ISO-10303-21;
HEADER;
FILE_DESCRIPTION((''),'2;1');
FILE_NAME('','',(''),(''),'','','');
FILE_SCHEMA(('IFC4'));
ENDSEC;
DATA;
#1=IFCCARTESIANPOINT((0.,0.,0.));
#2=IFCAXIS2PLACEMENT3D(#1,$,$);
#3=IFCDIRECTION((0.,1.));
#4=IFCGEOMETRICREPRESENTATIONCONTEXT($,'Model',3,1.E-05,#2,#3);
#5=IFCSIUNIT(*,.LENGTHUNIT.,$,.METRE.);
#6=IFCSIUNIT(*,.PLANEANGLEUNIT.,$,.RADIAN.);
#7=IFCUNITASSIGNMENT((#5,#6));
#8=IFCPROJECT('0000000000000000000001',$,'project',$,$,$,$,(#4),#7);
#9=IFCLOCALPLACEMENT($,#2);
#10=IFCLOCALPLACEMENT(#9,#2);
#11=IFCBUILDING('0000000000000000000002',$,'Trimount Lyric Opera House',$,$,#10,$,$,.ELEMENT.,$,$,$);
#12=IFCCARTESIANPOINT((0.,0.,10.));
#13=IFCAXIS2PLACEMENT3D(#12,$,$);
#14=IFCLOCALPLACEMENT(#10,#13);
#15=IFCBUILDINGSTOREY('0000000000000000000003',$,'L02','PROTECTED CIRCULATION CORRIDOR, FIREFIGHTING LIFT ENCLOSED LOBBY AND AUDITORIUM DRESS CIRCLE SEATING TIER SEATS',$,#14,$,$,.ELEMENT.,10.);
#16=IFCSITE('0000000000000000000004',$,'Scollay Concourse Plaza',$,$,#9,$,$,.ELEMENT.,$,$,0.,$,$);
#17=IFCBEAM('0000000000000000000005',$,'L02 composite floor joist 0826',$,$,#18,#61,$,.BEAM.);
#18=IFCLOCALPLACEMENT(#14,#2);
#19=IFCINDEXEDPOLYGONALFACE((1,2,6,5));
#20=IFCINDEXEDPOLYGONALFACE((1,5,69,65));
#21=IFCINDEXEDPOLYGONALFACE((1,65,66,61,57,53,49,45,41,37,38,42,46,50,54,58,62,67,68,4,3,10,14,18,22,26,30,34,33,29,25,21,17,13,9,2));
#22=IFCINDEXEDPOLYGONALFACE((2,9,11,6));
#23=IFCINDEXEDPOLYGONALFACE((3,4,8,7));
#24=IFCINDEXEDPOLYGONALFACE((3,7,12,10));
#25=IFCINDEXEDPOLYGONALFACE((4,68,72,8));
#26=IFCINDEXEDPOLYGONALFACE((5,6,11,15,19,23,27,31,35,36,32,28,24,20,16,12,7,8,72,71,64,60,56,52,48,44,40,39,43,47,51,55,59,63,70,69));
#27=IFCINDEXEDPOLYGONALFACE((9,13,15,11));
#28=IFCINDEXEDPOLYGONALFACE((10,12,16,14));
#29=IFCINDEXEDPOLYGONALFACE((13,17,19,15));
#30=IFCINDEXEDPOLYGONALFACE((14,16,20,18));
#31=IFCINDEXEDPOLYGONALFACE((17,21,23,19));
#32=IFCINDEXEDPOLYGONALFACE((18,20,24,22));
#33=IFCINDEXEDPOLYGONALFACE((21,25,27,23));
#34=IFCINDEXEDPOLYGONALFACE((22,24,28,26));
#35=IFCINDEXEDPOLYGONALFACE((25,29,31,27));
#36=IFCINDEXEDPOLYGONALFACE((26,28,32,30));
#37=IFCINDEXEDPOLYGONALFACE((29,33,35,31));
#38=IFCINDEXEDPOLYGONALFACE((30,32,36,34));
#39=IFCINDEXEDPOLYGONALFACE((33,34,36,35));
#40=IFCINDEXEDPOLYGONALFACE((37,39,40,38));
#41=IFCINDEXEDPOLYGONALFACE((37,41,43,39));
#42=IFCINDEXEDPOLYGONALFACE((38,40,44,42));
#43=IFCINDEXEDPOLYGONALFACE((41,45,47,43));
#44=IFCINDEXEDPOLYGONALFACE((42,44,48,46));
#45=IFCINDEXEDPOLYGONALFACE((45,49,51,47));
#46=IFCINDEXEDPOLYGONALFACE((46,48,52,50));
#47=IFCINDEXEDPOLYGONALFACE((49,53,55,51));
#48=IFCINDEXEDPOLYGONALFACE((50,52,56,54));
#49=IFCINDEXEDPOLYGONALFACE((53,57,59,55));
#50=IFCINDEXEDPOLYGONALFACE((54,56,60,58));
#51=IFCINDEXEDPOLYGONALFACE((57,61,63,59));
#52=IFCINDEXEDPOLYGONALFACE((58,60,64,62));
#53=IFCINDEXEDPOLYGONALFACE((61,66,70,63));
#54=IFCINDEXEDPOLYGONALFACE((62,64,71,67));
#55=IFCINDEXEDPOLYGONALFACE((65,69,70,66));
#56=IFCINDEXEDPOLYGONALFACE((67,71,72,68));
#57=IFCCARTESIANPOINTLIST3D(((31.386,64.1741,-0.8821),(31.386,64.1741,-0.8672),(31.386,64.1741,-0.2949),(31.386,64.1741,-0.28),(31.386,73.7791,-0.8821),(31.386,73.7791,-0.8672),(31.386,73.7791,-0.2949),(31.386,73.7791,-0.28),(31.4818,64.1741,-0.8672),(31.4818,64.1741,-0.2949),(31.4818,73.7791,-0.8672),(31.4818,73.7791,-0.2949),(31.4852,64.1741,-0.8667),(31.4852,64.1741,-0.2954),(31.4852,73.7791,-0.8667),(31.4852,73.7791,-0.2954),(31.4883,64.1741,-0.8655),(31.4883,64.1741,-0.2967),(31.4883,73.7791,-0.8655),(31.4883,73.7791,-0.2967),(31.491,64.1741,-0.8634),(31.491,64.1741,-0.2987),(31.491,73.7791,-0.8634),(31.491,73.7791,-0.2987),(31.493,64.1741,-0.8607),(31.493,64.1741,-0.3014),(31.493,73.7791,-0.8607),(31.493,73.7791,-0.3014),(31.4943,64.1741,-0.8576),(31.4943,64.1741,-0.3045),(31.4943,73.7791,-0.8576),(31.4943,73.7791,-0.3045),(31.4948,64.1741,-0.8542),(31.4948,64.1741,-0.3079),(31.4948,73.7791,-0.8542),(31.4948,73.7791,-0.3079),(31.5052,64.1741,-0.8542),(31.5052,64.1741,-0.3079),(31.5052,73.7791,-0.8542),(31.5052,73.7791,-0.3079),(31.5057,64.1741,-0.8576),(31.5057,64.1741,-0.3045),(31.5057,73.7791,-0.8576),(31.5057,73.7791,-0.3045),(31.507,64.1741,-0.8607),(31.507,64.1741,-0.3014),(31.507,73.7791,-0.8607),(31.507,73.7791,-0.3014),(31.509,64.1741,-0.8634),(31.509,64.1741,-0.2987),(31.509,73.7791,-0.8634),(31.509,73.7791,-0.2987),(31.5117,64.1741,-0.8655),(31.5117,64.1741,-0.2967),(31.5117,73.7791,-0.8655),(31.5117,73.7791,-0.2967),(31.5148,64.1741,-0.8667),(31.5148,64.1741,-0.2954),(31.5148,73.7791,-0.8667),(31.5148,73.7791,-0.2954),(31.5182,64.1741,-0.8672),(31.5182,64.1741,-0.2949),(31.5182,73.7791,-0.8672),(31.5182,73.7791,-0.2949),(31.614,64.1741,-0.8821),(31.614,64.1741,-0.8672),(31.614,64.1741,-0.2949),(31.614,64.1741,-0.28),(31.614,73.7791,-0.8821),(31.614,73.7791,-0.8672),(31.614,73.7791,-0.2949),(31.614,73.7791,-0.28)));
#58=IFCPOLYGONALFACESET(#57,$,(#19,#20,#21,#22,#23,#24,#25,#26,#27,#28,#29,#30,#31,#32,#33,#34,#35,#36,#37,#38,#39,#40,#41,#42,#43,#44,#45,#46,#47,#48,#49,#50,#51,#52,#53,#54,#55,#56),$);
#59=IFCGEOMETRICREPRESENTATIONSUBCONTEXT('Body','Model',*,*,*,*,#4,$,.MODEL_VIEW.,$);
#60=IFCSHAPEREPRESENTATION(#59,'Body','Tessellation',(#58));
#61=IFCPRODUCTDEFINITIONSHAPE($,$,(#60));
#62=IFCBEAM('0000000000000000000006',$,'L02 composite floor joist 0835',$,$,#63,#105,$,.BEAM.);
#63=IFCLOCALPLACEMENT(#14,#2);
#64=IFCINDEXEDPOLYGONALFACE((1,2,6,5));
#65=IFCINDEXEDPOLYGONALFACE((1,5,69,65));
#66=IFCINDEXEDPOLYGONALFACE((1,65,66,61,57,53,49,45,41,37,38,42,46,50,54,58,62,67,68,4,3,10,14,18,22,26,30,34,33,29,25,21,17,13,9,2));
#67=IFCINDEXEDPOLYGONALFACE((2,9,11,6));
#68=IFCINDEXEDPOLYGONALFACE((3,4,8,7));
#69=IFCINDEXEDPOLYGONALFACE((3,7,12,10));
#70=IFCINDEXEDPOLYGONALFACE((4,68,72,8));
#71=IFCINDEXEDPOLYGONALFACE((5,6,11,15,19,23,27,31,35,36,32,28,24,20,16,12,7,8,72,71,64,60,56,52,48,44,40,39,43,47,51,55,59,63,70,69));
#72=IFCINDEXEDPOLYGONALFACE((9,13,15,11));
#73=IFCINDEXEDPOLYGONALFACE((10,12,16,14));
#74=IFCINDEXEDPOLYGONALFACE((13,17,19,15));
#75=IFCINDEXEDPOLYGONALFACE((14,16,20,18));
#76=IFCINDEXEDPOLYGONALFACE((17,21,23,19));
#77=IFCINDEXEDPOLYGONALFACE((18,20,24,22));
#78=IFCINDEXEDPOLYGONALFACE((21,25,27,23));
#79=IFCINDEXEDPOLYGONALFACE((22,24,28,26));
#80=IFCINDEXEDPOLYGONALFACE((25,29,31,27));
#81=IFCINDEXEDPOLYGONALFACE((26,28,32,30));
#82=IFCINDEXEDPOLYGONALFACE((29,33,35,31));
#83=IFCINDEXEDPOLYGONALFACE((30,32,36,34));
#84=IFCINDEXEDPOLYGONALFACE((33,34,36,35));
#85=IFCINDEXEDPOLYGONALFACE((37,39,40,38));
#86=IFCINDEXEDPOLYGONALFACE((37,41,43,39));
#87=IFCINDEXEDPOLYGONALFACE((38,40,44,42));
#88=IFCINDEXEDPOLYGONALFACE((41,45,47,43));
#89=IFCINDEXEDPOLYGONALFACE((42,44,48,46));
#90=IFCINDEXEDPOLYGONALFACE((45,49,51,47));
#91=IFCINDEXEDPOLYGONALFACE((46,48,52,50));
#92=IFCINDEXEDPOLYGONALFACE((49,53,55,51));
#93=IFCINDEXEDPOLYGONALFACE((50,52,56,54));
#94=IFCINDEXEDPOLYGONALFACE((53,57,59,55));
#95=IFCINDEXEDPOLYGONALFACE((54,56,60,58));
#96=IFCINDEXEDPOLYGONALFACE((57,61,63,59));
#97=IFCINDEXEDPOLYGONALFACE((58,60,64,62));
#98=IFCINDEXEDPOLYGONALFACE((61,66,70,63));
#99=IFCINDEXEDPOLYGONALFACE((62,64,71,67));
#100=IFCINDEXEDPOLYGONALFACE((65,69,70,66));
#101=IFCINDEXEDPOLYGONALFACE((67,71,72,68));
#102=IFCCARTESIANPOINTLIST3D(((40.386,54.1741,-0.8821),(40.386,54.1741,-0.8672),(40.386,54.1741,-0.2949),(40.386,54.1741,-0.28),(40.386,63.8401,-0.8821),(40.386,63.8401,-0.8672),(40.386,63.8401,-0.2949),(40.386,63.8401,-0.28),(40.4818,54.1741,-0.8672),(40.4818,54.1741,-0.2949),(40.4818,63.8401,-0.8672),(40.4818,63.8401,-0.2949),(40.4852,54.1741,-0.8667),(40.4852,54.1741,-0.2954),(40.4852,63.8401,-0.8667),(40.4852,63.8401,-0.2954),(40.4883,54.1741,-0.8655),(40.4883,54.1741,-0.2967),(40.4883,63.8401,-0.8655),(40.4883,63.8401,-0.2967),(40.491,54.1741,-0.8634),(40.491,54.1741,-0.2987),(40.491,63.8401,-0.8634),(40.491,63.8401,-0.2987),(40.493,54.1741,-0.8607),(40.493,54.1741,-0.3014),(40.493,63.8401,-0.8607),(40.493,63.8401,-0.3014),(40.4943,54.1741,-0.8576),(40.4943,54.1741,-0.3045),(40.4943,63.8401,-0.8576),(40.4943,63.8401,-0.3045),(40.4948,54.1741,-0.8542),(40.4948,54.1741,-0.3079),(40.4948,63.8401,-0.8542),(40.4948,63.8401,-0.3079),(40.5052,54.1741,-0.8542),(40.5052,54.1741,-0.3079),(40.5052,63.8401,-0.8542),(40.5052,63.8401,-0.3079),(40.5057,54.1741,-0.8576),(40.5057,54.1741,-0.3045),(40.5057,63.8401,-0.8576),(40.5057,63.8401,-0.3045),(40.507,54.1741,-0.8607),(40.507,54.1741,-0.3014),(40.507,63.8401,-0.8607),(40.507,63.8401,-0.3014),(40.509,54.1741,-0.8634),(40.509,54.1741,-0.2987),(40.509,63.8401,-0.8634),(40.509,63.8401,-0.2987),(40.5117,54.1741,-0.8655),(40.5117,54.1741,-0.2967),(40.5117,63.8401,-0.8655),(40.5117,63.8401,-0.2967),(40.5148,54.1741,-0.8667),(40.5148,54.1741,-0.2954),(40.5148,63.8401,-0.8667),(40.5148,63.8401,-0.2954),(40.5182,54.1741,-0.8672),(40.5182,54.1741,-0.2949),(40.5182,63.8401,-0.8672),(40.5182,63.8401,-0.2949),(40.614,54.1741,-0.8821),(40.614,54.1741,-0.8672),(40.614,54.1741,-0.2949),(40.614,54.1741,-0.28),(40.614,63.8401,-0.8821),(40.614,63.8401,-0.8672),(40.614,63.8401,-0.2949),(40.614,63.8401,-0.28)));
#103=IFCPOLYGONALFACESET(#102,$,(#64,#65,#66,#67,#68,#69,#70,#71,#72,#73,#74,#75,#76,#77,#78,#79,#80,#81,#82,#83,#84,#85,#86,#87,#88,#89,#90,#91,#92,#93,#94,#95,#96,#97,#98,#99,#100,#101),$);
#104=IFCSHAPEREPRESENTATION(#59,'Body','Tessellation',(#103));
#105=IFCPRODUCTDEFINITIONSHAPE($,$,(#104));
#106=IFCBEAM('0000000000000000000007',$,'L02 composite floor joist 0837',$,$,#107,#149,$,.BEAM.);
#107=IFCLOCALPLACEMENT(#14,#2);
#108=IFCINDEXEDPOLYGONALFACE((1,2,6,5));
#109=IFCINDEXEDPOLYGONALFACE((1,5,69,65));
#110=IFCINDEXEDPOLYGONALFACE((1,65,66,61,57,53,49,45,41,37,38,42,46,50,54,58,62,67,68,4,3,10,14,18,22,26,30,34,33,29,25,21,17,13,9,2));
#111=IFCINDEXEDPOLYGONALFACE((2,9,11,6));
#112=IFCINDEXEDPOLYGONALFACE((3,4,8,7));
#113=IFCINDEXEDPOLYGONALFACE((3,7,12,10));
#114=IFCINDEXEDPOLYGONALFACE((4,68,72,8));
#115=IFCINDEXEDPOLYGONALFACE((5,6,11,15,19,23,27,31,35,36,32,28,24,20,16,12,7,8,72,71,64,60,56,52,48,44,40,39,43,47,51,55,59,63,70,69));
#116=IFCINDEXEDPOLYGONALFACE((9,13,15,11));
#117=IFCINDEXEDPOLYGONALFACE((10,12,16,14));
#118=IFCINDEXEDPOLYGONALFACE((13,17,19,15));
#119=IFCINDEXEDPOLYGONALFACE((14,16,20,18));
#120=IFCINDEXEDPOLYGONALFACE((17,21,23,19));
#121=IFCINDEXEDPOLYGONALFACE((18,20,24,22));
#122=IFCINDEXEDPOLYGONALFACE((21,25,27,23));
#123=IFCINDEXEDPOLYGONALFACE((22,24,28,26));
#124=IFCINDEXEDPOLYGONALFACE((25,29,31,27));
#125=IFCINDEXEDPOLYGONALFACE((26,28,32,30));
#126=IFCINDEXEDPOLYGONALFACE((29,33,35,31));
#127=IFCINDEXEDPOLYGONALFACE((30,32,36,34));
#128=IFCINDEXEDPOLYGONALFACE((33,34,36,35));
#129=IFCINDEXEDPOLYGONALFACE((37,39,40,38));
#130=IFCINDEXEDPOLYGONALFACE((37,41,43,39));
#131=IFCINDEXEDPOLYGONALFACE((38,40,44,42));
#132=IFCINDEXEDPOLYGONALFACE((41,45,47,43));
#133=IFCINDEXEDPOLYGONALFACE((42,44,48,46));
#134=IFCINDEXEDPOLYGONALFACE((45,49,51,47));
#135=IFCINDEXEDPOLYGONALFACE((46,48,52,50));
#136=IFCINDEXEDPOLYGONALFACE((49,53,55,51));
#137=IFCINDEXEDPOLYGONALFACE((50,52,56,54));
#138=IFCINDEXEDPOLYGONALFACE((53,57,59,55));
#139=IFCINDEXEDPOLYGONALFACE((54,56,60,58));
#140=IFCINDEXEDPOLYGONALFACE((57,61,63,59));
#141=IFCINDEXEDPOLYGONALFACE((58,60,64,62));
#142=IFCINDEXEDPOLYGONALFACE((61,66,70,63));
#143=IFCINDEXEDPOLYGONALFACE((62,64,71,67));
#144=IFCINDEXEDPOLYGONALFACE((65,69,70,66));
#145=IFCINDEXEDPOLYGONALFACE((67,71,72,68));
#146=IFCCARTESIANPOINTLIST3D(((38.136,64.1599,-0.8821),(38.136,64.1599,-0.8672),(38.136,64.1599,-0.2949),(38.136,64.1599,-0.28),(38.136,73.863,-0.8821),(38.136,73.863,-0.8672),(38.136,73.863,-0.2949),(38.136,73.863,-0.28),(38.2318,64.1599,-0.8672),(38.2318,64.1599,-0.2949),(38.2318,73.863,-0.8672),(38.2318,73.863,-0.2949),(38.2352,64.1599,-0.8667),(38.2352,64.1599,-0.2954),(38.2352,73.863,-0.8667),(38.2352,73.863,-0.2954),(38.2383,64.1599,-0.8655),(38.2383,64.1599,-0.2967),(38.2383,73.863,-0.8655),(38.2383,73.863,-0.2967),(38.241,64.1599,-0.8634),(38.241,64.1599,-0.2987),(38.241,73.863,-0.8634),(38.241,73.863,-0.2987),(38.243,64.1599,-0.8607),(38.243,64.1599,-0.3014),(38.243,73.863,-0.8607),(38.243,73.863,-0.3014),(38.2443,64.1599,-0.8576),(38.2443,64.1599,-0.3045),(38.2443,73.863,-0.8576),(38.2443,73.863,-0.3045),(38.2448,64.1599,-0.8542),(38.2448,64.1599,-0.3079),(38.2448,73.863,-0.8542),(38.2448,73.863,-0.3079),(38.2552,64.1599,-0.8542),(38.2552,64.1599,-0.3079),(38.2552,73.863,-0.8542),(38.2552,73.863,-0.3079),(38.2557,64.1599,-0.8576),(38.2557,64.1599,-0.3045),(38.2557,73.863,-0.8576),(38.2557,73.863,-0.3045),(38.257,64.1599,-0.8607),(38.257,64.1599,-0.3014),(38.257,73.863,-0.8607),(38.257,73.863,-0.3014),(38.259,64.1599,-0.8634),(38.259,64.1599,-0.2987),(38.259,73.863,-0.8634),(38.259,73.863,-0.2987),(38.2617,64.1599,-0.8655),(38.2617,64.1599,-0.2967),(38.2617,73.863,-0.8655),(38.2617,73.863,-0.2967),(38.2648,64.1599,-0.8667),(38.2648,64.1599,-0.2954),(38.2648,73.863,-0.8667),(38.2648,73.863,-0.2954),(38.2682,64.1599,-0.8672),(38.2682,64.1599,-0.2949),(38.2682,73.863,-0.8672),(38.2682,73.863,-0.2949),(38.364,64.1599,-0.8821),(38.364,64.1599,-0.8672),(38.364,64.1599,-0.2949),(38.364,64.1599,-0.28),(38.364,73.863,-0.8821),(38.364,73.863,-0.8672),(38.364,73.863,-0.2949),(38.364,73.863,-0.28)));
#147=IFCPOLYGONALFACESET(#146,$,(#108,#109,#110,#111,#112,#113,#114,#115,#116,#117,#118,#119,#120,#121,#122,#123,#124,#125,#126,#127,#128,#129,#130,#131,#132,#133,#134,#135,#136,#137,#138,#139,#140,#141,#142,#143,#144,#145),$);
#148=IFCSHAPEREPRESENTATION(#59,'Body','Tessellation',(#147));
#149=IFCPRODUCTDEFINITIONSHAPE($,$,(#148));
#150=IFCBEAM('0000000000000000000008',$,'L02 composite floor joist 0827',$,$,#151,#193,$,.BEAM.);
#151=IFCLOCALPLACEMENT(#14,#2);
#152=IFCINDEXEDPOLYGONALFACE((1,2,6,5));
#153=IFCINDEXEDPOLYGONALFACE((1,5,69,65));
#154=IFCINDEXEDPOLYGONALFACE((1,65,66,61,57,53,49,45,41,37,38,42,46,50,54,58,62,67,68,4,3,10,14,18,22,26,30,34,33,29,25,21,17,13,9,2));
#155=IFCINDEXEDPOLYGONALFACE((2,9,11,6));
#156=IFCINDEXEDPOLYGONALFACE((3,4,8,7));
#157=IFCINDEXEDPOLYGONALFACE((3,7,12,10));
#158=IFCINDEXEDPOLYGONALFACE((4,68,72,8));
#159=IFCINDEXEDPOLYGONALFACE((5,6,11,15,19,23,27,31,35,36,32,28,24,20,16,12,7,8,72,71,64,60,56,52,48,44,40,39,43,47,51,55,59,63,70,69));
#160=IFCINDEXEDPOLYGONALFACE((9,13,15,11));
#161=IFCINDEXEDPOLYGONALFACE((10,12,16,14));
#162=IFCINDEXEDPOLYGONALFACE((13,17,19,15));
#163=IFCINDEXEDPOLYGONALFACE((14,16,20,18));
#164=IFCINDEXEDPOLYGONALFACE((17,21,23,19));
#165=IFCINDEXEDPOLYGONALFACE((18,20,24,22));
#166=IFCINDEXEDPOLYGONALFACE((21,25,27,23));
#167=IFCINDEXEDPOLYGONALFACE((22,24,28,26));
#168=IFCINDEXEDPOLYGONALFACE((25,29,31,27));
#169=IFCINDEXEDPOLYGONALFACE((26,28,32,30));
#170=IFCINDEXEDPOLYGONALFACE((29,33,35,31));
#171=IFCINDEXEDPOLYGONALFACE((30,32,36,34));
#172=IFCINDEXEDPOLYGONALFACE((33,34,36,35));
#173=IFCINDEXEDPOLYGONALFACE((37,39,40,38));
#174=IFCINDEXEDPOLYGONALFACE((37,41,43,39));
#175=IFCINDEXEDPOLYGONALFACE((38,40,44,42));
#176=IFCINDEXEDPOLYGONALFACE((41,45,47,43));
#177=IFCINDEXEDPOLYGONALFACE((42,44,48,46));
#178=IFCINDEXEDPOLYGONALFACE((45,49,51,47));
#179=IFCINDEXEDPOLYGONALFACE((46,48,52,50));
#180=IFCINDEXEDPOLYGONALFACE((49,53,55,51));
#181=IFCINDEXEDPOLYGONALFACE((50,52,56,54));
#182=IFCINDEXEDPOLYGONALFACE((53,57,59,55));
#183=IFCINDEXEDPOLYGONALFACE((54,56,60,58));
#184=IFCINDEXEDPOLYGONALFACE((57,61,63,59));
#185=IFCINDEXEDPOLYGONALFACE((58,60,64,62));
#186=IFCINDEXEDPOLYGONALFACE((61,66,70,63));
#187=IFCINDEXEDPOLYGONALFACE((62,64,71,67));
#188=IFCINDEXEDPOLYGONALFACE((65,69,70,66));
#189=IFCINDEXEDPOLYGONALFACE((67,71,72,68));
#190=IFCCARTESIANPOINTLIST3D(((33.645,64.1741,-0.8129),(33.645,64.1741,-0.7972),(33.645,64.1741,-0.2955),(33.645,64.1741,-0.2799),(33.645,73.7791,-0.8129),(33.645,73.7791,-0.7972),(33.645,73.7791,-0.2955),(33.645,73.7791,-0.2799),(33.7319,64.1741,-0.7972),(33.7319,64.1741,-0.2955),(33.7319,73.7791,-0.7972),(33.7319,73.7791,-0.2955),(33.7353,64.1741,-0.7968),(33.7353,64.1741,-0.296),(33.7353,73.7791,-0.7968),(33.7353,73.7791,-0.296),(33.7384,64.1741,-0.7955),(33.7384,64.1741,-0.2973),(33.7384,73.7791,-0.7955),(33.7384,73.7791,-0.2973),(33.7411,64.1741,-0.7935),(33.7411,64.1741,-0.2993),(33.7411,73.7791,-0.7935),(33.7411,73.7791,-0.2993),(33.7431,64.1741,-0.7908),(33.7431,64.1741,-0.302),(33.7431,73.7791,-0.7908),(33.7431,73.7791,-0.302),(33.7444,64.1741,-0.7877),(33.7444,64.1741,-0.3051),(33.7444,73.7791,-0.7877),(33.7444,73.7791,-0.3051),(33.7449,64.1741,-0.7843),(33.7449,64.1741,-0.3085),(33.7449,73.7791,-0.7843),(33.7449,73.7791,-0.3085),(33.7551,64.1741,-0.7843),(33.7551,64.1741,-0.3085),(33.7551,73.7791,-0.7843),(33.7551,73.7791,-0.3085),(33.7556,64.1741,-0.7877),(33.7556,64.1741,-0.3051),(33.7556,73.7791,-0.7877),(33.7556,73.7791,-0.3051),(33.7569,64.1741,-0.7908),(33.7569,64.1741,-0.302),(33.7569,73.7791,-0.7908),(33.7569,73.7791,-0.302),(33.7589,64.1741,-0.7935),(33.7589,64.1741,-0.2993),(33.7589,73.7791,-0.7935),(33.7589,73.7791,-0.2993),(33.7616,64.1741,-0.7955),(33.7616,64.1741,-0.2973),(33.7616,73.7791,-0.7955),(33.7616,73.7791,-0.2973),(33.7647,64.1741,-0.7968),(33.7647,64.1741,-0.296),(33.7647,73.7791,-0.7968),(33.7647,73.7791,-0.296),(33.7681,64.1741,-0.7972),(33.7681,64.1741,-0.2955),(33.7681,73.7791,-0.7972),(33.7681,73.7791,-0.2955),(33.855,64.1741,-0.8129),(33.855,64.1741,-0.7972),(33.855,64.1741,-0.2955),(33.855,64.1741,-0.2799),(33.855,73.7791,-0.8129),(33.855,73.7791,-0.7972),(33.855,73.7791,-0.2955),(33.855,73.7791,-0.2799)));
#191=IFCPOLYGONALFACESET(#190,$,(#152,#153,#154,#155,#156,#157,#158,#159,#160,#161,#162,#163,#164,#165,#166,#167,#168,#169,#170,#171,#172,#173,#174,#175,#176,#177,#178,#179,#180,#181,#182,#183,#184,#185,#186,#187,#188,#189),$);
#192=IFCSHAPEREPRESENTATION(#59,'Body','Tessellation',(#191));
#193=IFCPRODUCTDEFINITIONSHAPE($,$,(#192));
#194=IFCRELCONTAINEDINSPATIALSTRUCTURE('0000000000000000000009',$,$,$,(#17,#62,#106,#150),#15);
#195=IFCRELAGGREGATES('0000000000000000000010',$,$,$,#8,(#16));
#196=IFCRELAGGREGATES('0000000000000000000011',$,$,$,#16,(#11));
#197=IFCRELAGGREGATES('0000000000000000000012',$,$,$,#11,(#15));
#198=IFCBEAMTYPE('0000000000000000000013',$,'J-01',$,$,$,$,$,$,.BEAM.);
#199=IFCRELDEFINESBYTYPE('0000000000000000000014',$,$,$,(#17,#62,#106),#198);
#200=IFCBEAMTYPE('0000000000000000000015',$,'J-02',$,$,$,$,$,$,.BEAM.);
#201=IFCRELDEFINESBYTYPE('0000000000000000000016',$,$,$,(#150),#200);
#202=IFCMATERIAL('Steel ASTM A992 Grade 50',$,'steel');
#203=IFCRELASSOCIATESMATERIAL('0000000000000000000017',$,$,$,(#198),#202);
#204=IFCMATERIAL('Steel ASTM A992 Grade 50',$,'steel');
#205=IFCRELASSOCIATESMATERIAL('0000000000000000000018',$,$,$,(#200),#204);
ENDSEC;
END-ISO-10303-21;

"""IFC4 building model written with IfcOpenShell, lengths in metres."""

from ifc_helpers import new_model, si_unit, direction, frame, origin, origin_2d, place, context, subcontext, project, spatial, i_section, extrude, material, material_profile, profile_set, type_object, element, save


model = new_model("IFC4")

# Units and contexts
model_context = context("Model", 3, precision=1e-05, world=origin(), true_north=direction((0.0, 1.0)))
body_context = subcontext(model_context, "Body", "Model", "MODEL_VIEW")
ifc_project = project(units=[si_unit("LENGTHUNIT", "METRE"), si_unit("PLANEANGLEUNIT", "RADIAN")], contexts=[model_context])

# Site, building, storey
site_placement = place(None, origin())
site = spatial("IfcSite", under=ifc_project, at=site_placement, Name="Scollay Concourse Plaza", CompositionType="ELEMENT", RefElevation=0.0)
building_placement = place(site_placement, origin())
building = spatial("IfcBuilding", under=site, at=building_placement, Name="Trimount Lyric Opera House", CompositionType="ELEMENT")
storey_placement = place(building_placement, frame((0.0, 0.0, 10.0)))
storey = spatial("IfcBuildingStorey", under=building, at=storey_placement, Name="L02", Description="PROTECTED CIRCULATION CORRIDOR, FIREFIGHTING LIFT ENCLOSED LOBBY AND AUDITORIUM DRESS CIRCLE SEATING TIER SEATS", CompositionType="ELEMENT", Elevation=10.0)

# Beams
ifc_material_1 = material(Name="Steel ASTM A992 Grade 50", Category="steel")
ifc_material_profile_1 = material_profile(ifc_material_1, i_section(OverallWidth=0.228, OverallDepth=0.6021, WebThickness=0.0105, FlangeThickness=0.0149, FilletRadius=0.0129, at=origin_2d()), Name="W24X68")
ifc_profile_set_1 = profile_set([ifc_material_profile_1], Name="Steel ASTM A992 Grade 50")
beam_type_1 = type_object("IfcBeamType", Name="J-01", PredefinedType="BEAM", material=ifc_profile_set_1)
beam_1_placement = place(storey_placement, frame((31.5, 64.1741, -0.5811), z_axis=(0.0, 1.0, 0.0), x_axis=(-1.0, 0.0, 0.0)))
element("IfcBeam", 1, at=beam_1_placement, inside=storey, type_object=beam_type_1, Name="L02 composite floor joist 0826", PredefinedType="BEAM", context=body_context, shape_type="SweptSolid", body=[
    extrude(i_section(OverallWidth=0.228, OverallDepth=0.6021, WebThickness=0.0105, FlangeThickness=0.0149, FilletRadius=0.0129, at=origin_2d()), origin(), (0.0, 0.0, 1.0), 9.605),
])
beam_2_placement = place(storey_placement, frame((40.5, 54.1741, -0.5811), z_axis=(0.0, 1.0, 0.0), x_axis=(-1.0, 0.0, 0.0)))
element("IfcBeam", 2, at=beam_2_placement, inside=storey, type_object=beam_type_1, Name="L02 composite floor joist 0835", PredefinedType="BEAM", context=body_context, shape_type="SweptSolid", body=[
    extrude(i_section(OverallWidth=0.228, OverallDepth=0.6021, WebThickness=0.0105, FlangeThickness=0.0149, FilletRadius=0.0129, at=origin_2d()), origin(), (0.0, 0.0, 1.0), 9.666),
])
beam_3_placement = place(storey_placement, frame((38.25, 64.1599, -0.5811), z_axis=(0.0, 1.0, 0.0), x_axis=(-1.0, 0.0, 0.0)))
element("IfcBeam", 3, at=beam_3_placement, inside=storey, type_object=beam_type_1, Name="L02 composite floor joist 0837", PredefinedType="BEAM", context=body_context, shape_type="SweptSolid", body=[
    extrude(i_section(OverallWidth=0.228, OverallDepth=0.6021, WebThickness=0.0105, FlangeThickness=0.0149, FilletRadius=0.0129, at=origin_2d()), origin(), (0.0, 0.0, 1.0), 9.7031),
])
ifc_material_2 = material(Name="Steel ASTM A992 Grade 50", Category="steel")
ifc_material_profile_2 = material_profile(ifc_material_2, i_section(OverallWidth=0.21, OverallDepth=0.533, WebThickness=0.0103, FlangeThickness=0.0156, FilletRadius=0.0129, at=origin_2d()), Name="W21X62")
ifc_profile_set_2 = profile_set([ifc_material_profile_2], Name="Steel ASTM A992 Grade 50")
beam_type_2 = type_object("IfcBeamType", Name="J-02", PredefinedType="BEAM", material=ifc_profile_set_2)
beam_4_placement = place(storey_placement, frame((33.75, 64.1741, -0.5464), z_axis=(0.0, 1.0, 0.0), x_axis=(-1.0, 0.0, 0.0)))
element("IfcBeam", 4, at=beam_4_placement, inside=storey, type_object=beam_type_2, Name="L02 composite floor joist 0827", PredefinedType="BEAM", context=body_context, shape_type="SweptSolid", body=[
    extrude(i_section(OverallWidth=0.21, OverallDepth=0.533, WebThickness=0.0103, FlangeThickness=0.0156, FilletRadius=0.0129, at=origin_2d()), origin(), (0.0, 0.0, 1.0), 9.605),
])

save(model, "model.ifc")
